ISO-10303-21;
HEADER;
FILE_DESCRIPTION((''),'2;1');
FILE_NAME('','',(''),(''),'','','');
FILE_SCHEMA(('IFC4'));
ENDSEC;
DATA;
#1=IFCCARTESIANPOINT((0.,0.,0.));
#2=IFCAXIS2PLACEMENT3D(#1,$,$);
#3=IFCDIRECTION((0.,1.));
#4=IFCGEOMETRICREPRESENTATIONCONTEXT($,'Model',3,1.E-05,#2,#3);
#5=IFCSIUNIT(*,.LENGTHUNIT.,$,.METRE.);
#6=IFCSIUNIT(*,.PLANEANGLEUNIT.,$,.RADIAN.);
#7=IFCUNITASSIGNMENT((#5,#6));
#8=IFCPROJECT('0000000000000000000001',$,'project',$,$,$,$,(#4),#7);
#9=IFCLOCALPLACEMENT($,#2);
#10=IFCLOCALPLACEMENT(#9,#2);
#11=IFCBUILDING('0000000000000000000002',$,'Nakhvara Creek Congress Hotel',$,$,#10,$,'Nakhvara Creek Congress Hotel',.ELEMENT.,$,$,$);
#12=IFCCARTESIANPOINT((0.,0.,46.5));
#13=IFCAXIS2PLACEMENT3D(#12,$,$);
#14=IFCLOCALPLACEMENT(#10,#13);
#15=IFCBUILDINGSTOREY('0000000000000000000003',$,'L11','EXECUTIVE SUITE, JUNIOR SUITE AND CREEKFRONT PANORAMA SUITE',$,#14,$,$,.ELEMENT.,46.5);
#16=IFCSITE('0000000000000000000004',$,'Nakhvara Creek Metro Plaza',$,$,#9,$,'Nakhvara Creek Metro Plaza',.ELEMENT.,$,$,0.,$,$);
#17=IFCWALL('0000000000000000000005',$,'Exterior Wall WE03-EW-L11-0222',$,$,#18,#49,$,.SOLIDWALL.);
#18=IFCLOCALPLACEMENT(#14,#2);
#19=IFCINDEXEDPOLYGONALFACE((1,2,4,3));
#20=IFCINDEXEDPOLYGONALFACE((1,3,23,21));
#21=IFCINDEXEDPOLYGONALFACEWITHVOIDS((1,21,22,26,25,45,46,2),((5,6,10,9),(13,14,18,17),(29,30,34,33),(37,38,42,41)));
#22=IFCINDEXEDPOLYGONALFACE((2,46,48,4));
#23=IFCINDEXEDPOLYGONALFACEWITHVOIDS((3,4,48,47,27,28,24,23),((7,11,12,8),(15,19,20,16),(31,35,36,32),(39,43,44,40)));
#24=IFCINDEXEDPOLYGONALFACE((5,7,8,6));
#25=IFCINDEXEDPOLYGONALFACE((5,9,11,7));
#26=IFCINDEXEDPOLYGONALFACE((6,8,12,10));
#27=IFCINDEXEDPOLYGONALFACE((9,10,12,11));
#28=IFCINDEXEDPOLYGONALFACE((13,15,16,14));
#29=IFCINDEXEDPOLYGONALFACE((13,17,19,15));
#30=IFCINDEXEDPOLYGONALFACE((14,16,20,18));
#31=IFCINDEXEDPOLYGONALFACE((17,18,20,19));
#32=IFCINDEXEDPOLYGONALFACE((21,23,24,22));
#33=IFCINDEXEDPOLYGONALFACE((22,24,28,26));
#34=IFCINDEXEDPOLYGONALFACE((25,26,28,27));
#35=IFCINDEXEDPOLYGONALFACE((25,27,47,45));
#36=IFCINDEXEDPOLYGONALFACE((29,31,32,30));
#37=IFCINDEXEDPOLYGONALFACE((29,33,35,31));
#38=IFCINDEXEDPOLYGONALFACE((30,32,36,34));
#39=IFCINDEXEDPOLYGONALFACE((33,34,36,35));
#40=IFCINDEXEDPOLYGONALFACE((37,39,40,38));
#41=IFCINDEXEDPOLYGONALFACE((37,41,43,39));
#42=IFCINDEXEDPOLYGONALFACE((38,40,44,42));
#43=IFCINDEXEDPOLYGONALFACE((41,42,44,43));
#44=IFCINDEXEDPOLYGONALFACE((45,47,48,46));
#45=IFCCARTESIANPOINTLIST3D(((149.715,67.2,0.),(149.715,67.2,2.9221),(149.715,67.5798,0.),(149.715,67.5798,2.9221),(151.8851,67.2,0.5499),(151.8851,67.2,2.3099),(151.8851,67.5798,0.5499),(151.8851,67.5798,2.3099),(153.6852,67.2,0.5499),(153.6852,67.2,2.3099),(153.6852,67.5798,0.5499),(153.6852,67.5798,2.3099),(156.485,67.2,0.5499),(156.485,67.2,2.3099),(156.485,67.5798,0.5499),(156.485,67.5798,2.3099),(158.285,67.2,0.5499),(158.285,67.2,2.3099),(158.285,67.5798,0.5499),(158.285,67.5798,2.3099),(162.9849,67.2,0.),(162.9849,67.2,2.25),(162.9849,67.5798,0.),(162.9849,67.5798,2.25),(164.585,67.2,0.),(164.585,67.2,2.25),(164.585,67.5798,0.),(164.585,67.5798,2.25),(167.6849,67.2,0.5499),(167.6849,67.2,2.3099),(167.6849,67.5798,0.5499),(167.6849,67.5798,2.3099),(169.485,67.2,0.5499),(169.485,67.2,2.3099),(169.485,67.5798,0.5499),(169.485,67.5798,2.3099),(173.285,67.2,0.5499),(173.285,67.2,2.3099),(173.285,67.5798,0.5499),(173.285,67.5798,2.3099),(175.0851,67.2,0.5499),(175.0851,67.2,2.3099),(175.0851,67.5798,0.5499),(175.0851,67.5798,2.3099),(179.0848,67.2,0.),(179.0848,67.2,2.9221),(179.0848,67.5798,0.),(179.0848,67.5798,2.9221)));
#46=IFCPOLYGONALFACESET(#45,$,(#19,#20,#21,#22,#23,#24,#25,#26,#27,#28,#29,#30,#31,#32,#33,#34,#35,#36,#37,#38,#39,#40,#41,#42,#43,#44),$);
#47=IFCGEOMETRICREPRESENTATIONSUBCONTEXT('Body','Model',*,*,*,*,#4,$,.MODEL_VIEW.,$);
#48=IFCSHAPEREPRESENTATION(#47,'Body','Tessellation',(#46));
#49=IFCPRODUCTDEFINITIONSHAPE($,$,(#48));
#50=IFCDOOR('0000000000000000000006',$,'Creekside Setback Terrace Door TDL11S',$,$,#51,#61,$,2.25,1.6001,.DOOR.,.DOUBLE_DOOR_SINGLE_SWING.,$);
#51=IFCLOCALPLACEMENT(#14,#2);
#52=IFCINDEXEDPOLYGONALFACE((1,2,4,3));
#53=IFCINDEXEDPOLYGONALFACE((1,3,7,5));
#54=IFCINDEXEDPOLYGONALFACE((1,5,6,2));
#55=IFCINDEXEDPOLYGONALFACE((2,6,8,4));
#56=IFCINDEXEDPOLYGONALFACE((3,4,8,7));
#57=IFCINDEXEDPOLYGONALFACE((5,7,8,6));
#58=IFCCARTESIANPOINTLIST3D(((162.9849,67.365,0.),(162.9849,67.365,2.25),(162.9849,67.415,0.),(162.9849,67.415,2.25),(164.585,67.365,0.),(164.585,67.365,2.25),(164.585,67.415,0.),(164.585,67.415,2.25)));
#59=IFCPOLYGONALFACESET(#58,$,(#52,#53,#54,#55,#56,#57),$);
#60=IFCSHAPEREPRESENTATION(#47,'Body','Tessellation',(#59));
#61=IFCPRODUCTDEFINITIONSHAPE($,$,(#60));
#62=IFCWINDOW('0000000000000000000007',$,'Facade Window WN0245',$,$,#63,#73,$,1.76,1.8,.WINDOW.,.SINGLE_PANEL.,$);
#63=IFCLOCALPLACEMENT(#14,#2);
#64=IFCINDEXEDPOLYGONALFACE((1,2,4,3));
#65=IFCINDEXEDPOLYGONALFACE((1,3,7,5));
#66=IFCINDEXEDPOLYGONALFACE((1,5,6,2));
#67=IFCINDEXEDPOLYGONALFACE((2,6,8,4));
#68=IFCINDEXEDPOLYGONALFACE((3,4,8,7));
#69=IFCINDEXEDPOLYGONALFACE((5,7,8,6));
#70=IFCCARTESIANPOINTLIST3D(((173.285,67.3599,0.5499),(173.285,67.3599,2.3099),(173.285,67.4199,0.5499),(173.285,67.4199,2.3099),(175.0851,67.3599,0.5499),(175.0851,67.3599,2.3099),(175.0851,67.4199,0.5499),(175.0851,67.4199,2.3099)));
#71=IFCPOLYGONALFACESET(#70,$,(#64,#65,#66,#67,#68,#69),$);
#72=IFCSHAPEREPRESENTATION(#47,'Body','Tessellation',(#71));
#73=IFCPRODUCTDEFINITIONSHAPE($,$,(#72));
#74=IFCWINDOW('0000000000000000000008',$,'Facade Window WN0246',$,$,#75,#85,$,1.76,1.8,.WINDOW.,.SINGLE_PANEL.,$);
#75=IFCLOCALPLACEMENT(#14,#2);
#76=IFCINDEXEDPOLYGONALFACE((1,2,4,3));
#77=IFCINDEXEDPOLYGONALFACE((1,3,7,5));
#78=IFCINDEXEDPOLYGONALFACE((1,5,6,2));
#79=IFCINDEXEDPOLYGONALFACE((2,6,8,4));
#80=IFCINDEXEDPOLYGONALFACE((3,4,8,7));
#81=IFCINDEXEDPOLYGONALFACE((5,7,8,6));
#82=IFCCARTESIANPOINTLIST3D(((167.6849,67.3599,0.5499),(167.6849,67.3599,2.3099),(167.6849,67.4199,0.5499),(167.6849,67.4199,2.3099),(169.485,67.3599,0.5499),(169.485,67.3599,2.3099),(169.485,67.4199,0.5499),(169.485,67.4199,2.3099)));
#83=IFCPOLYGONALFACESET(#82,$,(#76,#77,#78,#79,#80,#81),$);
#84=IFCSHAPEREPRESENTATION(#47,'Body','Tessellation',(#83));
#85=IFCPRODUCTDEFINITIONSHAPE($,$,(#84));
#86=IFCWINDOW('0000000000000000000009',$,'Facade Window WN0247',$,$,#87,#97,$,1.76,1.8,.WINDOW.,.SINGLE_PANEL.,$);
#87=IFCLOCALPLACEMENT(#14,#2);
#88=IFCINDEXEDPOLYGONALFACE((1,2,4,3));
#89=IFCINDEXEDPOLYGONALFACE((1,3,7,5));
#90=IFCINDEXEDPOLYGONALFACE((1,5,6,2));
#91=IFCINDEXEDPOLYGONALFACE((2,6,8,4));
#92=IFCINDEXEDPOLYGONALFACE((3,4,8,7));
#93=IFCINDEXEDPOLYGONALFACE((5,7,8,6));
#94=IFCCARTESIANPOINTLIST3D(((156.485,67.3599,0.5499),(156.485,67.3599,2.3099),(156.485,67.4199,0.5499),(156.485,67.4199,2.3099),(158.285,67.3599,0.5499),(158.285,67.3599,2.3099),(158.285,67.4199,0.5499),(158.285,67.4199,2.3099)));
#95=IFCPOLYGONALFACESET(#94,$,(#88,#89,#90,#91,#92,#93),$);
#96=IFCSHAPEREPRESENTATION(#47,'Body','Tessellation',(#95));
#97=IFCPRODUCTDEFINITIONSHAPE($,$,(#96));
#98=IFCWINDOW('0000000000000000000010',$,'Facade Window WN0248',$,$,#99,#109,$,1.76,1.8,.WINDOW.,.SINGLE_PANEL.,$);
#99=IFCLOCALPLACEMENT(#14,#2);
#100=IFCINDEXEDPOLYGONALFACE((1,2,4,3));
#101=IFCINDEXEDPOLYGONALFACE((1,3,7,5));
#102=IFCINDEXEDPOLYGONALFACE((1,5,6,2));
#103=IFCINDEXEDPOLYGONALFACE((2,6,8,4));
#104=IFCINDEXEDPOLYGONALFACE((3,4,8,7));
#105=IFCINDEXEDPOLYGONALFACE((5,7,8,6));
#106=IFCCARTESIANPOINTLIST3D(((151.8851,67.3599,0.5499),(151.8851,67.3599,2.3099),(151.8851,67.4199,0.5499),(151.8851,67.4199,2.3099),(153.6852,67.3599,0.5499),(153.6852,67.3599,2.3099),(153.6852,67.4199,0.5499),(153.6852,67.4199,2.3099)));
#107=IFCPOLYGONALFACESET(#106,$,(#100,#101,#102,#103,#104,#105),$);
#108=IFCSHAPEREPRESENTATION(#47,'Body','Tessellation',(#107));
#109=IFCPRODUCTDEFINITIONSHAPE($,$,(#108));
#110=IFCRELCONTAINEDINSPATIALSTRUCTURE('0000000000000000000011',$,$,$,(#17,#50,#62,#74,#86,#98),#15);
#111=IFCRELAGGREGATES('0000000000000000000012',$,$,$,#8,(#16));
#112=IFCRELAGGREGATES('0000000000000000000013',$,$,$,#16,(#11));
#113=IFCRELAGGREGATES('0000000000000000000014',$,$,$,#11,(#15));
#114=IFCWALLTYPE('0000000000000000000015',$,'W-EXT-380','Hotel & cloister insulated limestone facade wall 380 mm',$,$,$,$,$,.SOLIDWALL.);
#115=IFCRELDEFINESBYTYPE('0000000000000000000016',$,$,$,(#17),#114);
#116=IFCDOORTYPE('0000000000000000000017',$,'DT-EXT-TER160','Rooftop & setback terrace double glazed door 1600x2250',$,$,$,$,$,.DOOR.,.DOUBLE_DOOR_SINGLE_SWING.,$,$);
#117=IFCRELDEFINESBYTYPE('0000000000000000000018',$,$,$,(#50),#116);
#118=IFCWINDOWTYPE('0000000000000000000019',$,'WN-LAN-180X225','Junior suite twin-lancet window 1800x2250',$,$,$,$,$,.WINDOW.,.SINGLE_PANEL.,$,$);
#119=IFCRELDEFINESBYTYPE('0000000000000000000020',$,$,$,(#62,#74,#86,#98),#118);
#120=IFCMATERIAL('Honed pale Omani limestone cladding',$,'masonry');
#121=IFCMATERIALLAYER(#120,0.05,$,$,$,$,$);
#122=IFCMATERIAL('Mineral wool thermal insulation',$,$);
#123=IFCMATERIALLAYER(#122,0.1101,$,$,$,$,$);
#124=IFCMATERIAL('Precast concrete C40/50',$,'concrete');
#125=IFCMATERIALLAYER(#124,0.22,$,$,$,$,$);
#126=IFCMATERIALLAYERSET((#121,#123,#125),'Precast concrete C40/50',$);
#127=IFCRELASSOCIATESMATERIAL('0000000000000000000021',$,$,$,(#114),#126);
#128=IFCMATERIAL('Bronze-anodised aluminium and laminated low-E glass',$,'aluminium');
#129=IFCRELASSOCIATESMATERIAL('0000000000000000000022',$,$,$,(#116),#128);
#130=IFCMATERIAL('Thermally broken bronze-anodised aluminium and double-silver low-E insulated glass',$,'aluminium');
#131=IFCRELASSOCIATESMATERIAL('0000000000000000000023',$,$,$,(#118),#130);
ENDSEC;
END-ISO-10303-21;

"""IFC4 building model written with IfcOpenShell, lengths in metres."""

from ifc_helpers import new_model, si_unit, direction, frame, frame_2d, origin, place, context, subcontext, project, spatial, rectangle, extrude, material, layer, layer_set, type_object, element, fill, save


model = new_model("IFC4")

# Units and contexts
model_context = context("Model", 3, precision=1e-05, world=origin(), true_north=direction((0.0, 1.0)))
body_context = subcontext(model_context, "Body", "Model", "MODEL_VIEW")
ifc_project = project(units=[si_unit("LENGTHUNIT", "METRE"), si_unit("PLANEANGLEUNIT", "RADIAN")], contexts=[model_context])

# Site, building, storey
site_placement = place(None, origin())
site = spatial("IfcSite", under=ifc_project, at=site_placement, Name="Nakhvara Creek Metro Plaza", LongName="Nakhvara Creek Metro Plaza", CompositionType="ELEMENT", RefElevation=0.0)
building_placement = place(site_placement, origin())
building = spatial("IfcBuilding", under=site, at=building_placement, Name="Nakhvara Creek Congress Hotel", LongName="Nakhvara Creek Congress Hotel", CompositionType="ELEMENT")
storey_placement = place(building_placement, frame((0.0, 0.0, 46.5)))
storey = spatial("IfcBuildingStorey", under=building, at=storey_placement, Name="L11", Description="EXECUTIVE SUITE, JUNIOR SUITE AND CREEKFRONT PANORAMA SUITE", CompositionType="ELEMENT", Elevation=46.5)

# Wall, openings, door, windows
ifc_material_1 = material(Name="Honed pale Omani limestone cladding", Category="masonry")
ifc_layer_1 = layer(ifc_material_1, 0.05)
ifc_material_2 = material(Name="Mineral wool thermal insulation")
ifc_layer_2 = layer(ifc_material_2, 0.1101)
ifc_material_3 = material(Name="Precast concrete C40/50", Category="concrete")
ifc_layer_3 = layer(ifc_material_3, 0.22)
ifc_layer_set_1 = layer_set([ifc_layer_1, ifc_layer_2, ifc_layer_3], Name="Precast concrete C40/50")
wall_type = type_object("IfcWallType", Name="W-EXT-380", Description="Hotel & cloister insulated limestone facade wall 380 mm", PredefinedType="SOLIDWALL", material=ifc_layer_set_1)
wall_placement = place(storey_placement, frame((179.085, 67.3899, 0.0), z_axis=(0.0, 0.0, 1.0), x_axis=(-1.0, 0.0, 0.0)))
wall = element("IfcWall", 1, at=wall_placement, inside=storey, type_object=wall_type, Name="Exterior Wall WE03-EW-L11-0222", PredefinedType="SOLIDWALL", context=body_context, shape_type="SweptSolid", body=[
    extrude(rectangle(XDim=29.3699, YDim=0.3799, at=frame_2d((14.6851, 0.0))), origin(), (0.0, 0.0, 1.0), 2.9221),
])
opening_1_placement = place(wall_placement, frame((14.5, 0.0, 0.0)))
opening_1 = element("IfcOpeningElement", 2, at=opening_1_placement, cuts=wall, PredefinedType="OPENING", context=body_context, shape_type="SweptSolid", body=[
    extrude(rectangle(XDim=1.6001, YDim=2.25, at=frame_2d((0.8, 1.125))), frame((0.0, 0.2019, 0.0), z_axis=(0.0, -1.0, 0.0), x_axis=(1.0, 0.0, 0.0)), (0.0, 0.0, 1.0), 0.4038),
])
opening_2_placement = place(wall_placement, frame((4.0, 0.0, 0.55)))
opening_2 = element("IfcOpeningElement", 3, at=opening_2_placement, cuts=wall, PredefinedType="OPENING", context=body_context, shape_type="SweptSolid", body=[
    extrude(rectangle(XDim=1.8, YDim=1.76, at=frame_2d((0.8999, 0.8799))), frame((0.0, 0.2019, 0.0), z_axis=(0.0, -1.0, 0.0), x_axis=(1.0, 0.0, 0.0)), (0.0, 0.0, 1.0), 0.4038),
])
opening_3_placement = place(wall_placement, frame((9.6001, 0.0, 0.55)))
opening_3 = element("IfcOpeningElement", 4, at=opening_3_placement, cuts=wall, PredefinedType="OPENING", context=body_context, shape_type="SweptSolid", body=[
    extrude(rectangle(XDim=1.8, YDim=1.76, at=frame_2d((0.8999, 0.8799))), frame((0.0, 0.2019, 0.0), z_axis=(0.0, -1.0, 0.0), x_axis=(1.0, 0.0, 0.0)), (0.0, 0.0, 1.0), 0.4038),
])
opening_4_placement = place(wall_placement, frame((20.8, 0.0, 0.55)))
opening_4 = element("IfcOpeningElement", 5, at=opening_4_placement, cuts=wall, PredefinedType="OPENING", context=body_context, shape_type="SweptSolid", body=[
    extrude(rectangle(XDim=1.8, YDim=1.76, at=frame_2d((0.8999, 0.8799))), frame((0.0, 0.2019, 0.0), z_axis=(0.0, -1.0, 0.0), x_axis=(1.0, 0.0, 0.0)), (0.0, 0.0, 1.0), 0.4038),
])
opening_5_placement = place(wall_placement, frame((25.3999, 0.0, 0.55)))
opening_5 = element("IfcOpeningElement", 6, at=opening_5_placement, cuts=wall, PredefinedType="OPENING", context=body_context, shape_type="SweptSolid", body=[
    extrude(rectangle(XDim=1.8, YDim=1.76, at=frame_2d((0.8999, 0.8799))), frame((0.0, 0.2019, 0.0), z_axis=(0.0, -1.0, 0.0), x_axis=(1.0, 0.0, 0.0)), (0.0, 0.0, 1.0), 0.4038),
])
ifc_material_4 = material(Name="Bronze-anodised aluminium and laminated low-E glass", Category="aluminium")
door_type = type_object("IfcDoorType", Name="DT-EXT-TER160", Description="Rooftop & setback terrace double glazed door 1600x2250", OperationType="DOUBLE_DOOR_SINGLE_SWING", PredefinedType="DOOR", material=ifc_material_4)
door_placement = place(opening_1_placement, origin())
door = element("IfcDoor", 7, at=door_placement, inside=storey, type_object=door_type, Name="Creekside Setback Terrace Door TDL11S", OperationType="DOUBLE_DOOR_SINGLE_SWING", OverallHeight=2.25, OverallWidth=1.6001, PredefinedType="DOOR", context=body_context, shape_type="SweptSolid", body=[
    extrude(rectangle(XDim=1.6001, YDim=2.25, at=frame_2d((0.8, 1.125))), frame((0.0, 0.0249, 0.0), z_axis=(0.0, -1.0, 0.0), x_axis=(1.0, 0.0, 0.0)), (0.0, 0.0, 1.0), 0.05),
])
fill(opening_1, door)
ifc_material_5 = material(Name="Thermally broken bronze-anodised aluminium and double-silver low-E insulated glass", Category="aluminium")
window_type = type_object("IfcWindowType", Name="WN-LAN-180X225", Description="Junior suite twin-lancet window 1800x2250", PartitioningType="SINGLE_PANEL", PredefinedType="WINDOW", material=ifc_material_5)
window_1_placement = place(opening_2_placement, origin())
window_1 = element("IfcWindow", 8, at=window_1_placement, inside=storey, type_object=window_type, Name="Facade Window WN0245", OverallHeight=1.76, OverallWidth=1.8, PartitioningType="SINGLE_PANEL", PredefinedType="WINDOW", context=body_context, shape_type="SweptSolid", body=[
    extrude(rectangle(XDim=1.8, YDim=1.76, at=frame_2d((0.8999, 0.8799))), frame((0.0, 0.03, 0.0), z_axis=(0.0, -1.0, 0.0), x_axis=(1.0, 0.0, 0.0)), (0.0, 0.0, 1.0), 0.0601),
])
fill(opening_2, window_1)
window_2_placement = place(opening_3_placement, origin())
window_2 = element("IfcWindow", 9, at=window_2_placement, inside=storey, type_object=window_type, Name="Facade Window WN0246", OverallHeight=1.76, OverallWidth=1.8, PartitioningType="SINGLE_PANEL", PredefinedType="WINDOW", context=body_context, shape_type="SweptSolid", body=[
    extrude(rectangle(XDim=1.8, YDim=1.76, at=frame_2d((0.8999, 0.8799))), frame((0.0, 0.03, 0.0), z_axis=(0.0, -1.0, 0.0), x_axis=(1.0, 0.0, 0.0)), (0.0, 0.0, 1.0), 0.0601),
])
fill(opening_3, window_2)
window_3_placement = place(opening_4_placement, origin())
window_3 = element("IfcWindow", 10, at=window_3_placement, inside=storey, type_object=window_type, Name="Facade Window WN0247", OverallHeight=1.76, OverallWidth=1.8, PartitioningType="SINGLE_PANEL", PredefinedType="WINDOW", context=body_context, shape_type="SweptSolid", body=[
    extrude(rectangle(XDim=1.8, YDim=1.76, at=frame_2d((0.8999, 0.8799))), frame((0.0, 0.03, 0.0), z_axis=(0.0, -1.0, 0.0), x_axis=(1.0, 0.0, 0.0)), (0.0, 0.0, 1.0), 0.0601),
])
fill(opening_4, window_3)
window_4_placement = place(opening_5_placement, origin())
window_4 = element("IfcWindow", 11, at=window_4_placement, inside=storey, type_object=window_type, Name="Facade Window WN0248", OverallHeight=1.76, OverallWidth=1.8, PartitioningType="SINGLE_PANEL", PredefinedType="WINDOW", context=body_context, shape_type="SweptSolid", body=[
    extrude(rectangle(XDim=1.8, YDim=1.76, at=frame_2d((0.8999, 0.8799))), frame((0.0, 0.03, 0.0), z_axis=(0.0, -1.0, 0.0), x_axis=(1.0, 0.0, 0.0)), (0.0, 0.0, 1.0), 0.0601),
])
fill(opening_5, window_4)

save(model, "model.ifc")
